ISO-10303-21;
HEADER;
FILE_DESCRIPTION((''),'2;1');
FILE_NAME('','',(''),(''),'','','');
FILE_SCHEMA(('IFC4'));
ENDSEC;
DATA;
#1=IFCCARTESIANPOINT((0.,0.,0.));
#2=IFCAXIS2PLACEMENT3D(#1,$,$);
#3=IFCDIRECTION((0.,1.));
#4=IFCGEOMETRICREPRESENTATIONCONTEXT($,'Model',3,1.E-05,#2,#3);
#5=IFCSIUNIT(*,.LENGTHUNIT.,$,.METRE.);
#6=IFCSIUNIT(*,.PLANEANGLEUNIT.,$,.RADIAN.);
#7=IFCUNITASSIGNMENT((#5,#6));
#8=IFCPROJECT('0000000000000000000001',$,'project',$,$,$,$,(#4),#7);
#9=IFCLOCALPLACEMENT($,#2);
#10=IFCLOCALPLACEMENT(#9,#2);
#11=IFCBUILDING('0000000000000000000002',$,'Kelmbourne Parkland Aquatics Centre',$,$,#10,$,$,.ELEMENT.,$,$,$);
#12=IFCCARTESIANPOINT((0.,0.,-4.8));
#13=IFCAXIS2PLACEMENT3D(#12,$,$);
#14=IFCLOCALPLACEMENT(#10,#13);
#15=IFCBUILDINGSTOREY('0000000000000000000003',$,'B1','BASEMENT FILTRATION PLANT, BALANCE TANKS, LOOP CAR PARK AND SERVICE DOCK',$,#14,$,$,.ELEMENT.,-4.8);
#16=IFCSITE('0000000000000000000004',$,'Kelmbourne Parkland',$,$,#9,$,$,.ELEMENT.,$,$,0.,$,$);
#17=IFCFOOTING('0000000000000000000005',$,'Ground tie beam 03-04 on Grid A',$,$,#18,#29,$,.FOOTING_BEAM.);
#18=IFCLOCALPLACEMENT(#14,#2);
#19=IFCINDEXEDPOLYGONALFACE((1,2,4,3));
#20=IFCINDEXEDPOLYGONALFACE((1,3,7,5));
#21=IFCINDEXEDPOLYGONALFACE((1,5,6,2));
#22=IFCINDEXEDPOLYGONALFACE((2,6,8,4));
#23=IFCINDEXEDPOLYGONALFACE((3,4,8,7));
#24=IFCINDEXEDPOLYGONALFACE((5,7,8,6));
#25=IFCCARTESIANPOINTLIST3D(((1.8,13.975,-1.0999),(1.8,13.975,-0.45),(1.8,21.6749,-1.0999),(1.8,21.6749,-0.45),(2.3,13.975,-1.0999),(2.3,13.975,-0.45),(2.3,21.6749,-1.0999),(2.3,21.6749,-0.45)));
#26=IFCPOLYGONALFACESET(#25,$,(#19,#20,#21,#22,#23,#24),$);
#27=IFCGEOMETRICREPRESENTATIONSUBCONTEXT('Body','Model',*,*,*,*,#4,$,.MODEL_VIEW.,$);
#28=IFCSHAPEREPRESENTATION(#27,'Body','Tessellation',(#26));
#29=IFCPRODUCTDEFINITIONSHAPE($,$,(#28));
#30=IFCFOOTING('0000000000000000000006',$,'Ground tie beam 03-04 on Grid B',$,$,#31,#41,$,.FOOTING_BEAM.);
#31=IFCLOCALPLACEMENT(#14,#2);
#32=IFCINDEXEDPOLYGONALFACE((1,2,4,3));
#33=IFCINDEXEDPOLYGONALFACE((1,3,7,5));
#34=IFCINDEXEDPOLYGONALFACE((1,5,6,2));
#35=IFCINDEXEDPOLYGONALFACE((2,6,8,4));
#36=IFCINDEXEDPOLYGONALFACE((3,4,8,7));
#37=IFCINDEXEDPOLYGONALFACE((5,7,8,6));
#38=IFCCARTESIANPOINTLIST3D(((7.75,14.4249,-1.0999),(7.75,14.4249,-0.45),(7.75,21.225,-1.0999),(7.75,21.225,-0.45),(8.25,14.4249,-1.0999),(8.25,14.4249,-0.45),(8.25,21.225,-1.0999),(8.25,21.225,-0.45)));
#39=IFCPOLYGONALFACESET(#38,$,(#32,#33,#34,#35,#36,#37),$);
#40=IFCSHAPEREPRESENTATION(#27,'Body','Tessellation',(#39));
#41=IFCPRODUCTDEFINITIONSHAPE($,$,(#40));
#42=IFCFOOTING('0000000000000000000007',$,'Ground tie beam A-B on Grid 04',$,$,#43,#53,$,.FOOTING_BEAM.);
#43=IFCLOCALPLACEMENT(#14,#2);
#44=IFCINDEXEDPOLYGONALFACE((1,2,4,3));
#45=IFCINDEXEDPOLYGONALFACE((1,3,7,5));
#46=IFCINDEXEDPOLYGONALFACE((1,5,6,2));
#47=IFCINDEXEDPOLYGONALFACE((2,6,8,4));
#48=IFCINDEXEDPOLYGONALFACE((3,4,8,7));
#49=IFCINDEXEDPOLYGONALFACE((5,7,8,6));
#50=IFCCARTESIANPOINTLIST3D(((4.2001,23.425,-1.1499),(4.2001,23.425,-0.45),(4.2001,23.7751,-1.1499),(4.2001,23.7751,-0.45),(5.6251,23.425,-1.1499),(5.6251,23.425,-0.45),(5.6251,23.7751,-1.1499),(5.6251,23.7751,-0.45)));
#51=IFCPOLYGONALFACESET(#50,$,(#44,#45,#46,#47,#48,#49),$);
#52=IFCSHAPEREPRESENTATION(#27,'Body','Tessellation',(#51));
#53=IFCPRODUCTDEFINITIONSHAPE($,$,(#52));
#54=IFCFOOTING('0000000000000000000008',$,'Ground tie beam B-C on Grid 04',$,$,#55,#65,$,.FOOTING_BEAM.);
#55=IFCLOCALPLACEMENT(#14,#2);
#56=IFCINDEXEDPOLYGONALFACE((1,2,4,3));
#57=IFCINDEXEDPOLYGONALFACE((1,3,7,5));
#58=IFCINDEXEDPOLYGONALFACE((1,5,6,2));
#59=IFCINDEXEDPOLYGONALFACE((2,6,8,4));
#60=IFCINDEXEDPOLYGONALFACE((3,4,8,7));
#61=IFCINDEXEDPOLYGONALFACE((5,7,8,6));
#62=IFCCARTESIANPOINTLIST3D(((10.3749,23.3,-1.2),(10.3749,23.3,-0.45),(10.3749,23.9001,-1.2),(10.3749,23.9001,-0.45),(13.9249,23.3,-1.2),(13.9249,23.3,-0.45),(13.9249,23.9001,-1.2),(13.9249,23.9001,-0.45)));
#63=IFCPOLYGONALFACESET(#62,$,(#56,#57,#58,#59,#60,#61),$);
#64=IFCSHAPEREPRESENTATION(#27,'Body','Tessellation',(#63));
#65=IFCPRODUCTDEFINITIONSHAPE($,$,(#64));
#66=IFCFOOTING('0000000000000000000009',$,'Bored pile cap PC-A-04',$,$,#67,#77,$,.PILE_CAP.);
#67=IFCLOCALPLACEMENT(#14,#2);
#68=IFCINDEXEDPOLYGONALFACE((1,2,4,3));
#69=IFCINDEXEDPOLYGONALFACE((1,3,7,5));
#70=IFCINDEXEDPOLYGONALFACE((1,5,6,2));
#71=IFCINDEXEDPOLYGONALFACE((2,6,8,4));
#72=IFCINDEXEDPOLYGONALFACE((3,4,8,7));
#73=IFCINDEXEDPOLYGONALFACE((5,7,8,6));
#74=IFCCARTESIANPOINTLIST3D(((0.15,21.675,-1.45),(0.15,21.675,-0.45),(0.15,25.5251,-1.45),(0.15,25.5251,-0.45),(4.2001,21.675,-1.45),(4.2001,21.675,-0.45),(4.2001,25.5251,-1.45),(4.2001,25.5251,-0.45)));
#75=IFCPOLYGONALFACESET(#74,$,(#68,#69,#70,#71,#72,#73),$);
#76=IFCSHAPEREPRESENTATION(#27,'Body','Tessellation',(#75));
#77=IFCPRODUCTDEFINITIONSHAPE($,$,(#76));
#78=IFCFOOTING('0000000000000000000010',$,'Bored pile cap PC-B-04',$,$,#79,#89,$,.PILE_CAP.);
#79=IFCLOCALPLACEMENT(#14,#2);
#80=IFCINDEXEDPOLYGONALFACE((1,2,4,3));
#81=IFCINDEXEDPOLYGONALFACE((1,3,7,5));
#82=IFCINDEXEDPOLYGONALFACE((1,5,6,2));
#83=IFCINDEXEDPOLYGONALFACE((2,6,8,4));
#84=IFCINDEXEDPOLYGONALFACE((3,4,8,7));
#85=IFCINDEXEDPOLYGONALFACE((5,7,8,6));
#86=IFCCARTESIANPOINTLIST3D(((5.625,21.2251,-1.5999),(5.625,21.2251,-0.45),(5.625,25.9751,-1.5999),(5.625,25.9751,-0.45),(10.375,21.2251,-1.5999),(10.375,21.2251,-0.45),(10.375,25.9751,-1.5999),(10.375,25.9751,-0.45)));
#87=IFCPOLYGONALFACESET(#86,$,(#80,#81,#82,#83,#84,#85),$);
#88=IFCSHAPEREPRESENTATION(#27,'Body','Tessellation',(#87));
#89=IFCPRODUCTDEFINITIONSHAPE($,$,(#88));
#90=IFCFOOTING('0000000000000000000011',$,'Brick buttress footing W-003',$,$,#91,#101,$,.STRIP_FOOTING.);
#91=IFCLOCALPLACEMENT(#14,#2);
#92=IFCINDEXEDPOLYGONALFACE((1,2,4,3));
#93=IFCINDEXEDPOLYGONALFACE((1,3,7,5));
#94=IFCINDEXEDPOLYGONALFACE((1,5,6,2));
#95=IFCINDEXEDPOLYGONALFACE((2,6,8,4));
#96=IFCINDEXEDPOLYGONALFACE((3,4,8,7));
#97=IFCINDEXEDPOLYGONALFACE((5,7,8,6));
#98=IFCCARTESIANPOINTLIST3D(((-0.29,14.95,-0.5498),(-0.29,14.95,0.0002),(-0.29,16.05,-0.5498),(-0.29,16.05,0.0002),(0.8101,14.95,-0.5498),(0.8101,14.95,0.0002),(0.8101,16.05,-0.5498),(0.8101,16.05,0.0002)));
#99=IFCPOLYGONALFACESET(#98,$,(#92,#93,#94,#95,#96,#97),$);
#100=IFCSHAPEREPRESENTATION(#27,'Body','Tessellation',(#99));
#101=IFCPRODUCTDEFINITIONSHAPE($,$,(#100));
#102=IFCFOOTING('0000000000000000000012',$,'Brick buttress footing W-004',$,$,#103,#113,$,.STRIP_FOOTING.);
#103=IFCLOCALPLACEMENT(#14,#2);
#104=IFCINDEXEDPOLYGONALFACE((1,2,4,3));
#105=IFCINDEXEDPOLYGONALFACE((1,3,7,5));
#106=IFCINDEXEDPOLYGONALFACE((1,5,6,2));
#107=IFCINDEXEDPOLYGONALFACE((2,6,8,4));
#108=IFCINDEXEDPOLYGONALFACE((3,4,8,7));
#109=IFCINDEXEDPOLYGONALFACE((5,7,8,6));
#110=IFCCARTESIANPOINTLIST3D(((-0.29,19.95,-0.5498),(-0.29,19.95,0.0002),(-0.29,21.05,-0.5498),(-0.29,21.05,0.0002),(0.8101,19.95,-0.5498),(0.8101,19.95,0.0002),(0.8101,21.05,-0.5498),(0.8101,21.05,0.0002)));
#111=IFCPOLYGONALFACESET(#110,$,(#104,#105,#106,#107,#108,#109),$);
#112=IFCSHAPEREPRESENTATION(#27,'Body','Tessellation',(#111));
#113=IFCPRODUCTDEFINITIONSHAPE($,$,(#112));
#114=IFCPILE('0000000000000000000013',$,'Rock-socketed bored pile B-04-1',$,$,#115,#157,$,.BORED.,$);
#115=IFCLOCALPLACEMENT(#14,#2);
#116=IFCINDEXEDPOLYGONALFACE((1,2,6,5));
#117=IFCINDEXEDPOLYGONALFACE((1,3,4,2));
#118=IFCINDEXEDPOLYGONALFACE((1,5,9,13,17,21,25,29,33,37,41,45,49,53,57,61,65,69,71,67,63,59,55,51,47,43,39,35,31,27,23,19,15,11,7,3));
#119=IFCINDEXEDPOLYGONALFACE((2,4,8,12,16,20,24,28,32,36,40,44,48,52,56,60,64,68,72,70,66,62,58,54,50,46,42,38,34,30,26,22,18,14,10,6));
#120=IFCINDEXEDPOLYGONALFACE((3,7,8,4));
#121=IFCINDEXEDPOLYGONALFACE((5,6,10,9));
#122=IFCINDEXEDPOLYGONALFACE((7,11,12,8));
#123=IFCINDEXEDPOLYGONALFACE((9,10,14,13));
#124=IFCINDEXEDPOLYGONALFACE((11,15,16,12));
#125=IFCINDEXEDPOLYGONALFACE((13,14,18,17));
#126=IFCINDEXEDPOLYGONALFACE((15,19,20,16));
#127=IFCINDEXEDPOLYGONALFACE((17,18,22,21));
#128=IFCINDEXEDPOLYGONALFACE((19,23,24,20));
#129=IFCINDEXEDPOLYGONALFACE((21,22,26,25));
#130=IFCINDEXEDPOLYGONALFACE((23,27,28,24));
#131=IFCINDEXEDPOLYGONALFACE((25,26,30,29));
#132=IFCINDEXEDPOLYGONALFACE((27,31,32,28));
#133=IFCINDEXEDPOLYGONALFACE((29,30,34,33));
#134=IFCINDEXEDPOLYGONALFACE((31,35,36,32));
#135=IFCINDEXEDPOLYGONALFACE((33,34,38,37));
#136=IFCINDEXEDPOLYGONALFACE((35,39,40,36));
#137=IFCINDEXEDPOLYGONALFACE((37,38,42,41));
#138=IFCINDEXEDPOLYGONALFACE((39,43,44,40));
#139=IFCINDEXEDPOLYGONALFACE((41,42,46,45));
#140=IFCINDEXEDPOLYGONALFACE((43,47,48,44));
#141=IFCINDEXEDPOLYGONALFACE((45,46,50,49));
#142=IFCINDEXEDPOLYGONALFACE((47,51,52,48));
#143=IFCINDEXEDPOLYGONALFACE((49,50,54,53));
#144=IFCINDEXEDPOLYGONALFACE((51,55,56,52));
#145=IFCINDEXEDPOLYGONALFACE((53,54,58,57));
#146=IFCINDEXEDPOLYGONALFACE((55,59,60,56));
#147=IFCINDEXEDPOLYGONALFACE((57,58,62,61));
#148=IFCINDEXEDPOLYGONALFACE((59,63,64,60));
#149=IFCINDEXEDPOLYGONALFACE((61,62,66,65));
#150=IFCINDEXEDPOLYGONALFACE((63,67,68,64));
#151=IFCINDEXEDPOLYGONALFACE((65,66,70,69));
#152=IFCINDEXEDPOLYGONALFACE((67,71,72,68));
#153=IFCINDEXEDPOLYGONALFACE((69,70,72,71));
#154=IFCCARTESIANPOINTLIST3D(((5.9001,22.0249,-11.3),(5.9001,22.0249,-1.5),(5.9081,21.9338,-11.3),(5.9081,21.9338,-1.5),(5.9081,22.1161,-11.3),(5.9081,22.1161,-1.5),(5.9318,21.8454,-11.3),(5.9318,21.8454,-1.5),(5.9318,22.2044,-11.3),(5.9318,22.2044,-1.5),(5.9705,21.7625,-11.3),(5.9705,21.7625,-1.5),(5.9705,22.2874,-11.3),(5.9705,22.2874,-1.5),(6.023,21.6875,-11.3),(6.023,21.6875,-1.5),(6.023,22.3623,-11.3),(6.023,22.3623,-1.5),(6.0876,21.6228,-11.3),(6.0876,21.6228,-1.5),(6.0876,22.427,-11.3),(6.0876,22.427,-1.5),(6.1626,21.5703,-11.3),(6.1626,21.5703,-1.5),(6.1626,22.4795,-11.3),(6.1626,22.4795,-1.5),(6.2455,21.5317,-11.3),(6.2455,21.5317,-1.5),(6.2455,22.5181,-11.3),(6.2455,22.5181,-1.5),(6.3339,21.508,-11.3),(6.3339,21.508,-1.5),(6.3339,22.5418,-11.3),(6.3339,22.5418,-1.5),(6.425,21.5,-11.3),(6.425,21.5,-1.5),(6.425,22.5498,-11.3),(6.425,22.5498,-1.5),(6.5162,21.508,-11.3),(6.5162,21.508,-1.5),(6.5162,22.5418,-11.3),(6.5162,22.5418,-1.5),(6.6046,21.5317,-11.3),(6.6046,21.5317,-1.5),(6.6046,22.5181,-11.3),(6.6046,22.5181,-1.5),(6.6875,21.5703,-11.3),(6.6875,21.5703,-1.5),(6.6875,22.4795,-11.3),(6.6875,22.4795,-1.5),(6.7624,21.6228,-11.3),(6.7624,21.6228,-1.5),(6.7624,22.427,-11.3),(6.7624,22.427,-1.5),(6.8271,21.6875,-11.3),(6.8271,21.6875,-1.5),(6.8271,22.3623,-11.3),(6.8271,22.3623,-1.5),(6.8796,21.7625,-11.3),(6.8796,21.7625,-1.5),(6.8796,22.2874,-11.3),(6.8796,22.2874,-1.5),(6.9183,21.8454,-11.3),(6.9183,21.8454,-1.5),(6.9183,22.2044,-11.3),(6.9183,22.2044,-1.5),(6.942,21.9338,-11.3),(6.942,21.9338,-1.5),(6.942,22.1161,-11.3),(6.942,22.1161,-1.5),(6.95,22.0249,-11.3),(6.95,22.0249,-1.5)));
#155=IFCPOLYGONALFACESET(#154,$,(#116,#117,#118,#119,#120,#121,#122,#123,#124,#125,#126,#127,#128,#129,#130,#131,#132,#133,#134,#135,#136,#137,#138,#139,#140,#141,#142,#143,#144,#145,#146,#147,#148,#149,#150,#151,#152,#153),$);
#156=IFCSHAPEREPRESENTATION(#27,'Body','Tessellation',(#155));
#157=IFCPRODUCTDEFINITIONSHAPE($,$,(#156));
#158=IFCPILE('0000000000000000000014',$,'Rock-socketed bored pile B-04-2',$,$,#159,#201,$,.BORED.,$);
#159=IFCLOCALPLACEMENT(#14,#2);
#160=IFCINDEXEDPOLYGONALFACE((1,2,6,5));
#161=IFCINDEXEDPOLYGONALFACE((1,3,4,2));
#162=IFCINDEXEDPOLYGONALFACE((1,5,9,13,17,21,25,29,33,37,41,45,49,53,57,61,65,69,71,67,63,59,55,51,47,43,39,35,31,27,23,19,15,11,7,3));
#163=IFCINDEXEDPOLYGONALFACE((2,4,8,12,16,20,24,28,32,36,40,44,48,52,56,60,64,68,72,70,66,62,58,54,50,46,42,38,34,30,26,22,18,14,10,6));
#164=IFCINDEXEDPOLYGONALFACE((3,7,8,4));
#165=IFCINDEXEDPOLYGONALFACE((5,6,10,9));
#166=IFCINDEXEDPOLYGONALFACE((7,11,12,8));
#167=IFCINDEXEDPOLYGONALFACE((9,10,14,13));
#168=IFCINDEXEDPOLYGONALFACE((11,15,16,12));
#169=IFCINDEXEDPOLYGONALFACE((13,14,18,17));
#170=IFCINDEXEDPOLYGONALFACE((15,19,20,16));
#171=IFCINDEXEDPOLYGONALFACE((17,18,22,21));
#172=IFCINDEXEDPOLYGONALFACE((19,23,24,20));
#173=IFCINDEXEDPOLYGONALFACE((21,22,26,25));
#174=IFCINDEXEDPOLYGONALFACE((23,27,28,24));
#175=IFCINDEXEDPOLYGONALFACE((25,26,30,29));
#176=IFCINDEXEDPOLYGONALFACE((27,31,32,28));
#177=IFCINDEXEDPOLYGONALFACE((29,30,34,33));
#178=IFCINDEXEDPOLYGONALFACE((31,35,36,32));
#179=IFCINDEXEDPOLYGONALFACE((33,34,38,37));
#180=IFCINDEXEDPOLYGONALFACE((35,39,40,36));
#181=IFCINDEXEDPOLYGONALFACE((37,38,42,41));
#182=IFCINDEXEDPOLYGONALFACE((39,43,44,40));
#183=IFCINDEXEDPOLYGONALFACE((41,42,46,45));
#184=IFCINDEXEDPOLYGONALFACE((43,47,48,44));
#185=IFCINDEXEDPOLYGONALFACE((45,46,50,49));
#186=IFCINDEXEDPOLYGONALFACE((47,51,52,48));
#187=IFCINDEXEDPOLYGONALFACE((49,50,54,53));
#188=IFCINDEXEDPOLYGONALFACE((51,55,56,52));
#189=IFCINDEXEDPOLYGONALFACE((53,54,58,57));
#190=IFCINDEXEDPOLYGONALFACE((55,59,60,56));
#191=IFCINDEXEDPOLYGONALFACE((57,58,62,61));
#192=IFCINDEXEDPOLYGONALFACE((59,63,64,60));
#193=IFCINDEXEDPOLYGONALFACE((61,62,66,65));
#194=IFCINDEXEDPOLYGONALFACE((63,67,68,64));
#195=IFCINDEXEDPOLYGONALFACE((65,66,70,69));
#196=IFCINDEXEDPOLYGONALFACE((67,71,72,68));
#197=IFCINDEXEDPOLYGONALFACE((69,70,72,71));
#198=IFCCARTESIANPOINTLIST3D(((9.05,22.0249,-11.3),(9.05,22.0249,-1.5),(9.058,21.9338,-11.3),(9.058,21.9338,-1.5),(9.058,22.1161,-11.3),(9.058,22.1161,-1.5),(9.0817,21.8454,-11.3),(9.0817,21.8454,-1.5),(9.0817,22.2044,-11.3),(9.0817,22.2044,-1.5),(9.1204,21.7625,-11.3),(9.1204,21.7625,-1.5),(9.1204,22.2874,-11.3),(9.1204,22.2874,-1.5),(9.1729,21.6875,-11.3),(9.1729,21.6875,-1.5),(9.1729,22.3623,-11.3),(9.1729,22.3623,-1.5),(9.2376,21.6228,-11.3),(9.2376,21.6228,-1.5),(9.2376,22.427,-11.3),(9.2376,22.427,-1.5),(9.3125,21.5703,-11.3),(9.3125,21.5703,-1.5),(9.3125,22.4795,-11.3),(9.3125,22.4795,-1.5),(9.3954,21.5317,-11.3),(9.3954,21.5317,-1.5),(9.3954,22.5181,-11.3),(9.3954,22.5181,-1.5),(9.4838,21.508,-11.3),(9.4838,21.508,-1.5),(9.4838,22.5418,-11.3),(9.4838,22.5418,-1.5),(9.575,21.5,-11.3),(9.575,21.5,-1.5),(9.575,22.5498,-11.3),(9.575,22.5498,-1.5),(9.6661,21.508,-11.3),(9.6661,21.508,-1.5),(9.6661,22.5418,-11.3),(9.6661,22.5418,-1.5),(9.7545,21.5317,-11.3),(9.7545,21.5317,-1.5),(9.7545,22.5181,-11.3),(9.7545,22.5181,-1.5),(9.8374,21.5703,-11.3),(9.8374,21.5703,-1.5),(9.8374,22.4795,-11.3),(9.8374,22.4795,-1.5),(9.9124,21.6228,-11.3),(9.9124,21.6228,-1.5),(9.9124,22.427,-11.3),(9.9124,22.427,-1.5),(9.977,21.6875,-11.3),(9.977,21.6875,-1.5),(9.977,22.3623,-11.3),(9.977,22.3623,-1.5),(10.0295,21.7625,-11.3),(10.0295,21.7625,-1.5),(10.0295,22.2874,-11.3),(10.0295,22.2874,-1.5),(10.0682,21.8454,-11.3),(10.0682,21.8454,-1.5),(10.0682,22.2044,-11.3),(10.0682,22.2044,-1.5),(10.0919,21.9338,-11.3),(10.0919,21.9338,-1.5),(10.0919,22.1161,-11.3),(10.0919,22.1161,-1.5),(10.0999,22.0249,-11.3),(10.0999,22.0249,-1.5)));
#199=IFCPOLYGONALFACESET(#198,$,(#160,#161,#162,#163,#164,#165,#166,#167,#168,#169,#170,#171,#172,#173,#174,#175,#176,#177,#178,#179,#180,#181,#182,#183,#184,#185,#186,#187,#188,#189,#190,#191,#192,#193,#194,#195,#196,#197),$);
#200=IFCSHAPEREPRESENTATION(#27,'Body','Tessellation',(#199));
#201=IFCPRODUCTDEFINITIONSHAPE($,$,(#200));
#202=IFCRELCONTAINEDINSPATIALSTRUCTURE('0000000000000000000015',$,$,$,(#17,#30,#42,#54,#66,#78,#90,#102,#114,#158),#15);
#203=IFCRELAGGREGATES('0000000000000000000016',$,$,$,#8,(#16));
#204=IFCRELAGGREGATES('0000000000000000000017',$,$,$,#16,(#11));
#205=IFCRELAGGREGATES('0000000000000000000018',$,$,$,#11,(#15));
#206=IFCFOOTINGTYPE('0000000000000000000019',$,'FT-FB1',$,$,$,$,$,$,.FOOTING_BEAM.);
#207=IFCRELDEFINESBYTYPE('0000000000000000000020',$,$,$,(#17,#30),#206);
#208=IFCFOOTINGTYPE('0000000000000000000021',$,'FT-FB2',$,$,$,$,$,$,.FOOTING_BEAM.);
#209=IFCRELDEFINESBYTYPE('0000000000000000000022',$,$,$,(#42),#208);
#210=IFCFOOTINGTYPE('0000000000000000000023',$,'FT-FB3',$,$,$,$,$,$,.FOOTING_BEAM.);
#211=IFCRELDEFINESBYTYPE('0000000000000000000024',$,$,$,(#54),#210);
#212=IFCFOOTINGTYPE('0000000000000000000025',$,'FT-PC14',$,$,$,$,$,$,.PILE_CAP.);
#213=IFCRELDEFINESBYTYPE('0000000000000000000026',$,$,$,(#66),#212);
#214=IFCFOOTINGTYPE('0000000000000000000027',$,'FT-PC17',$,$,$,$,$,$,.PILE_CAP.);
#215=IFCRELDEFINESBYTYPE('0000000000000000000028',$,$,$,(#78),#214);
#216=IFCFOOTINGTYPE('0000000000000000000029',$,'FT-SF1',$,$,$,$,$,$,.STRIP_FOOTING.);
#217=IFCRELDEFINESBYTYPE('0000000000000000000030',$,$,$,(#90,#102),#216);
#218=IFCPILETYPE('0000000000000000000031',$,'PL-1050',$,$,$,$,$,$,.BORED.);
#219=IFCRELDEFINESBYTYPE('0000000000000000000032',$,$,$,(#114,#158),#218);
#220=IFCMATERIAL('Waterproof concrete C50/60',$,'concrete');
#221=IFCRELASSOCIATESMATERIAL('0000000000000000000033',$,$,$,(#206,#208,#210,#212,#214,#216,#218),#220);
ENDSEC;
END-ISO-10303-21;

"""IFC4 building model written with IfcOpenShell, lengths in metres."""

from ifc_helpers import new_model, si_unit, direction, frame, origin, origin_2d, place, context, subcontext, project, spatial, rectangle, circle, extrude, material, material_profile, profile_set, type_object, element, save


model = new_model("IFC4")

# Units and contexts
model_context = context("Model", 3, precision=1e-05, world=origin(), true_north=direction((0.0, 1.0)))
body_context = subcontext(model_context, "Body", "Model", "MODEL_VIEW")
ifc_project = project(units=[si_unit("LENGTHUNIT", "METRE"), si_unit("PLANEANGLEUNIT", "RADIAN")], contexts=[model_context])

# Site, building, storey
site_placement = place(None, origin())
site = spatial("IfcSite", under=ifc_project, at=site_placement, Name="Kelmbourne Parkland", CompositionType="ELEMENT", RefElevation=0.0)
building_placement = place(site_placement, origin())
building = spatial("IfcBuilding", under=site, at=building_placement, Name="Kelmbourne Parkland Aquatics Centre", CompositionType="ELEMENT")
storey_placement = place(building_placement, frame((0.0, 0.0, -4.8)))
storey = spatial("IfcBuildingStorey", under=building, at=storey_placement, Name="B1", Description="BASEMENT FILTRATION PLANT, BALANCE TANKS, LOOP CAR PARK AND SERVICE DOCK", CompositionType="ELEMENT", Elevation=-4.8)

# Footings
ifc_material_1 = material(Name="Waterproof concrete C50/60", Category="concrete")
footing_type_1 = type_object("IfcFootingType", Name="FT-FB1", PredefinedType="FOOTING_BEAM", material=ifc_material_1)
footing_1_placement = place(storey_placement, frame((2.05, 17.825, -1.0999), z_axis=(0.0, 0.0, 1.0), x_axis=(0.0, 1.0, 0.0)))
element("IfcFooting", 1, at=footing_1_placement, inside=storey, type_object=footing_type_1, Name="Ground tie beam 03-04 on Grid A", PredefinedType="FOOTING_BEAM", context=body_context, shape_type="SweptSolid", body=[
    extrude(rectangle(XDim=7.7, YDim=0.5, at=origin_2d()), origin(), (0.0, 0.0, 1.0), 0.6499),
])
footing_2_placement = place(storey_placement, frame((8.0, 17.825, -1.0999), z_axis=(0.0, 0.0, 1.0), x_axis=(0.0, 1.0, 0.0)))
element("IfcFooting", 2, at=footing_2_placement, inside=storey, type_object=footing_type_1, Name="Ground tie beam 03-04 on Grid B", PredefinedType="FOOTING_BEAM", context=body_context, shape_type="SweptSolid", body=[
    extrude(rectangle(XDim=6.8, YDim=0.5, at=origin_2d()), origin(), (0.0, 0.0, 1.0), 0.6499),
])
footing_type_2 = type_object("IfcFootingType", Name="FT-FB2", PredefinedType="FOOTING_BEAM", material=ifc_material_1)
footing_3_placement = place(storey_placement, frame((4.9126, 23.6001, -1.1499), z_axis=(0.0, 0.0, 1.0), x_axis=(1.0, 0.0, 0.0)))
element("IfcFooting", 3, at=footing_3_placement, inside=storey, type_object=footing_type_2, Name="Ground tie beam A-B on Grid 04", PredefinedType="FOOTING_BEAM", context=body_context, shape_type="SweptSolid", body=[
    extrude(rectangle(XDim=1.425, YDim=0.3501, at=origin_2d()), origin(), (0.0, 0.0, 1.0), 0.7),
])
footing_type_3 = type_object("IfcFootingType", Name="FT-FB3", PredefinedType="FOOTING_BEAM", material=ifc_material_1)
footing_4_placement = place(storey_placement, frame((12.1499, 23.6001, -1.2), z_axis=(0.0, 0.0, 1.0), x_axis=(1.0, 0.0, 0.0)))
element("IfcFooting", 4, at=footing_4_placement, inside=storey, type_object=footing_type_3, Name="Ground tie beam B-C on Grid 04", PredefinedType="FOOTING_BEAM", context=body_context, shape_type="SweptSolid", body=[
    extrude(rectangle(XDim=3.55, YDim=0.6001, at=origin_2d()), origin(), (0.0, 0.0, 1.0), 0.75),
])
footing_type_4 = type_object("IfcFootingType", Name="FT-PC14", PredefinedType="PILE_CAP", material=ifc_material_1)
footing_5_placement = place(storey_placement, frame((2.175, 23.6001, -1.45), z_axis=(0.0, 0.0, 1.0), x_axis=(1.0, 0.0, 0.0)))
element("IfcFooting", 5, at=footing_5_placement, inside=storey, type_object=footing_type_4, Name="Bored pile cap PC-A-04", PredefinedType="PILE_CAP", context=body_context, shape_type="SweptSolid", body=[
    extrude(rectangle(XDim=4.05, YDim=3.8501, at=origin_2d()), origin(), (0.0, 0.0, 1.0), 1.0),
])
footing_type_5 = type_object("IfcFootingType", Name="FT-PC17", PredefinedType="PILE_CAP", material=ifc_material_1)
footing_6_placement = place(storey_placement, frame((8.0, 23.6001, -1.5999), z_axis=(0.0, 0.0, 1.0), x_axis=(1.0, 0.0, 0.0)))
element("IfcFooting", 6, at=footing_6_placement, inside=storey, type_object=footing_type_5, Name="Bored pile cap PC-B-04", PredefinedType="PILE_CAP", context=body_context, shape_type="SweptSolid", body=[
    extrude(rectangle(XDim=4.75, YDim=4.75, at=origin_2d()), origin(), (0.0, 0.0, 1.0), 1.1499),
])
footing_type_6 = type_object("IfcFootingType", Name="FT-SF1", PredefinedType="STRIP_FOOTING", material=ifc_material_1)
for number, where, z_axis, x_axis, name in (
    (7, (0.26, 15.5, -0.5498), (0.0, 0.0, 1.0), (1.0, 0.0, 0.0), "Brick buttress footing W-003"),
    (8, (0.26, 20.5, -0.5498), (0.0, 0.0, 1.0), (1.0, 0.0, 0.0), "Brick buttress footing W-004"),
):
    element("IfcFooting", number, at=place(storey_placement, frame(where, z_axis=z_axis, x_axis=x_axis)), inside=storey, type_object=footing_type_6, Name=name, PredefinedType="STRIP_FOOTING", context=body_context, shape_type="SweptSolid", body=[
        extrude(rectangle(XDim=1.1001, YDim=1.1001, at=origin_2d()), origin(), (0.0, 0.0, 1.0), 0.55),
    ])

# Piles
ifc_material_profile_1 = material_profile(ifc_material_1, circle(Radius=0.5249, at=origin_2d()), Name="PILE D1050")
ifc_profile_set_1 = profile_set([ifc_material_profile_1], Name="Waterproof concrete C50/60")
pile_type_1 = type_object("IfcPileType", Name="PL-1050", PredefinedType="BORED", material=ifc_profile_set_1)
for number, where, z_axis, x_axis, name in (
    (9, (6.425, 22.0249, -1.5), (0.0, 0.0, -1.0), (1.0, 0.0, 0.0), "Rock-socketed bored pile B-04-1"),
    (10, (9.575, 22.0249, -1.5), (0.0, 0.0, -1.0), (1.0, 0.0, 0.0), "Rock-socketed bored pile B-04-2"),
):
    element("IfcPile", number, at=place(storey_placement, frame(where, z_axis=z_axis, x_axis=x_axis)), inside=storey, type_object=pile_type_1, Name=name, PredefinedType="BORED", context=body_context, shape_type="SweptSolid", body=[
        extrude(circle(Radius=0.5249, at=origin_2d()), origin(), (0.0, 0.0, 1.0), 9.8),
    ])

save(model, "model.ifc")
